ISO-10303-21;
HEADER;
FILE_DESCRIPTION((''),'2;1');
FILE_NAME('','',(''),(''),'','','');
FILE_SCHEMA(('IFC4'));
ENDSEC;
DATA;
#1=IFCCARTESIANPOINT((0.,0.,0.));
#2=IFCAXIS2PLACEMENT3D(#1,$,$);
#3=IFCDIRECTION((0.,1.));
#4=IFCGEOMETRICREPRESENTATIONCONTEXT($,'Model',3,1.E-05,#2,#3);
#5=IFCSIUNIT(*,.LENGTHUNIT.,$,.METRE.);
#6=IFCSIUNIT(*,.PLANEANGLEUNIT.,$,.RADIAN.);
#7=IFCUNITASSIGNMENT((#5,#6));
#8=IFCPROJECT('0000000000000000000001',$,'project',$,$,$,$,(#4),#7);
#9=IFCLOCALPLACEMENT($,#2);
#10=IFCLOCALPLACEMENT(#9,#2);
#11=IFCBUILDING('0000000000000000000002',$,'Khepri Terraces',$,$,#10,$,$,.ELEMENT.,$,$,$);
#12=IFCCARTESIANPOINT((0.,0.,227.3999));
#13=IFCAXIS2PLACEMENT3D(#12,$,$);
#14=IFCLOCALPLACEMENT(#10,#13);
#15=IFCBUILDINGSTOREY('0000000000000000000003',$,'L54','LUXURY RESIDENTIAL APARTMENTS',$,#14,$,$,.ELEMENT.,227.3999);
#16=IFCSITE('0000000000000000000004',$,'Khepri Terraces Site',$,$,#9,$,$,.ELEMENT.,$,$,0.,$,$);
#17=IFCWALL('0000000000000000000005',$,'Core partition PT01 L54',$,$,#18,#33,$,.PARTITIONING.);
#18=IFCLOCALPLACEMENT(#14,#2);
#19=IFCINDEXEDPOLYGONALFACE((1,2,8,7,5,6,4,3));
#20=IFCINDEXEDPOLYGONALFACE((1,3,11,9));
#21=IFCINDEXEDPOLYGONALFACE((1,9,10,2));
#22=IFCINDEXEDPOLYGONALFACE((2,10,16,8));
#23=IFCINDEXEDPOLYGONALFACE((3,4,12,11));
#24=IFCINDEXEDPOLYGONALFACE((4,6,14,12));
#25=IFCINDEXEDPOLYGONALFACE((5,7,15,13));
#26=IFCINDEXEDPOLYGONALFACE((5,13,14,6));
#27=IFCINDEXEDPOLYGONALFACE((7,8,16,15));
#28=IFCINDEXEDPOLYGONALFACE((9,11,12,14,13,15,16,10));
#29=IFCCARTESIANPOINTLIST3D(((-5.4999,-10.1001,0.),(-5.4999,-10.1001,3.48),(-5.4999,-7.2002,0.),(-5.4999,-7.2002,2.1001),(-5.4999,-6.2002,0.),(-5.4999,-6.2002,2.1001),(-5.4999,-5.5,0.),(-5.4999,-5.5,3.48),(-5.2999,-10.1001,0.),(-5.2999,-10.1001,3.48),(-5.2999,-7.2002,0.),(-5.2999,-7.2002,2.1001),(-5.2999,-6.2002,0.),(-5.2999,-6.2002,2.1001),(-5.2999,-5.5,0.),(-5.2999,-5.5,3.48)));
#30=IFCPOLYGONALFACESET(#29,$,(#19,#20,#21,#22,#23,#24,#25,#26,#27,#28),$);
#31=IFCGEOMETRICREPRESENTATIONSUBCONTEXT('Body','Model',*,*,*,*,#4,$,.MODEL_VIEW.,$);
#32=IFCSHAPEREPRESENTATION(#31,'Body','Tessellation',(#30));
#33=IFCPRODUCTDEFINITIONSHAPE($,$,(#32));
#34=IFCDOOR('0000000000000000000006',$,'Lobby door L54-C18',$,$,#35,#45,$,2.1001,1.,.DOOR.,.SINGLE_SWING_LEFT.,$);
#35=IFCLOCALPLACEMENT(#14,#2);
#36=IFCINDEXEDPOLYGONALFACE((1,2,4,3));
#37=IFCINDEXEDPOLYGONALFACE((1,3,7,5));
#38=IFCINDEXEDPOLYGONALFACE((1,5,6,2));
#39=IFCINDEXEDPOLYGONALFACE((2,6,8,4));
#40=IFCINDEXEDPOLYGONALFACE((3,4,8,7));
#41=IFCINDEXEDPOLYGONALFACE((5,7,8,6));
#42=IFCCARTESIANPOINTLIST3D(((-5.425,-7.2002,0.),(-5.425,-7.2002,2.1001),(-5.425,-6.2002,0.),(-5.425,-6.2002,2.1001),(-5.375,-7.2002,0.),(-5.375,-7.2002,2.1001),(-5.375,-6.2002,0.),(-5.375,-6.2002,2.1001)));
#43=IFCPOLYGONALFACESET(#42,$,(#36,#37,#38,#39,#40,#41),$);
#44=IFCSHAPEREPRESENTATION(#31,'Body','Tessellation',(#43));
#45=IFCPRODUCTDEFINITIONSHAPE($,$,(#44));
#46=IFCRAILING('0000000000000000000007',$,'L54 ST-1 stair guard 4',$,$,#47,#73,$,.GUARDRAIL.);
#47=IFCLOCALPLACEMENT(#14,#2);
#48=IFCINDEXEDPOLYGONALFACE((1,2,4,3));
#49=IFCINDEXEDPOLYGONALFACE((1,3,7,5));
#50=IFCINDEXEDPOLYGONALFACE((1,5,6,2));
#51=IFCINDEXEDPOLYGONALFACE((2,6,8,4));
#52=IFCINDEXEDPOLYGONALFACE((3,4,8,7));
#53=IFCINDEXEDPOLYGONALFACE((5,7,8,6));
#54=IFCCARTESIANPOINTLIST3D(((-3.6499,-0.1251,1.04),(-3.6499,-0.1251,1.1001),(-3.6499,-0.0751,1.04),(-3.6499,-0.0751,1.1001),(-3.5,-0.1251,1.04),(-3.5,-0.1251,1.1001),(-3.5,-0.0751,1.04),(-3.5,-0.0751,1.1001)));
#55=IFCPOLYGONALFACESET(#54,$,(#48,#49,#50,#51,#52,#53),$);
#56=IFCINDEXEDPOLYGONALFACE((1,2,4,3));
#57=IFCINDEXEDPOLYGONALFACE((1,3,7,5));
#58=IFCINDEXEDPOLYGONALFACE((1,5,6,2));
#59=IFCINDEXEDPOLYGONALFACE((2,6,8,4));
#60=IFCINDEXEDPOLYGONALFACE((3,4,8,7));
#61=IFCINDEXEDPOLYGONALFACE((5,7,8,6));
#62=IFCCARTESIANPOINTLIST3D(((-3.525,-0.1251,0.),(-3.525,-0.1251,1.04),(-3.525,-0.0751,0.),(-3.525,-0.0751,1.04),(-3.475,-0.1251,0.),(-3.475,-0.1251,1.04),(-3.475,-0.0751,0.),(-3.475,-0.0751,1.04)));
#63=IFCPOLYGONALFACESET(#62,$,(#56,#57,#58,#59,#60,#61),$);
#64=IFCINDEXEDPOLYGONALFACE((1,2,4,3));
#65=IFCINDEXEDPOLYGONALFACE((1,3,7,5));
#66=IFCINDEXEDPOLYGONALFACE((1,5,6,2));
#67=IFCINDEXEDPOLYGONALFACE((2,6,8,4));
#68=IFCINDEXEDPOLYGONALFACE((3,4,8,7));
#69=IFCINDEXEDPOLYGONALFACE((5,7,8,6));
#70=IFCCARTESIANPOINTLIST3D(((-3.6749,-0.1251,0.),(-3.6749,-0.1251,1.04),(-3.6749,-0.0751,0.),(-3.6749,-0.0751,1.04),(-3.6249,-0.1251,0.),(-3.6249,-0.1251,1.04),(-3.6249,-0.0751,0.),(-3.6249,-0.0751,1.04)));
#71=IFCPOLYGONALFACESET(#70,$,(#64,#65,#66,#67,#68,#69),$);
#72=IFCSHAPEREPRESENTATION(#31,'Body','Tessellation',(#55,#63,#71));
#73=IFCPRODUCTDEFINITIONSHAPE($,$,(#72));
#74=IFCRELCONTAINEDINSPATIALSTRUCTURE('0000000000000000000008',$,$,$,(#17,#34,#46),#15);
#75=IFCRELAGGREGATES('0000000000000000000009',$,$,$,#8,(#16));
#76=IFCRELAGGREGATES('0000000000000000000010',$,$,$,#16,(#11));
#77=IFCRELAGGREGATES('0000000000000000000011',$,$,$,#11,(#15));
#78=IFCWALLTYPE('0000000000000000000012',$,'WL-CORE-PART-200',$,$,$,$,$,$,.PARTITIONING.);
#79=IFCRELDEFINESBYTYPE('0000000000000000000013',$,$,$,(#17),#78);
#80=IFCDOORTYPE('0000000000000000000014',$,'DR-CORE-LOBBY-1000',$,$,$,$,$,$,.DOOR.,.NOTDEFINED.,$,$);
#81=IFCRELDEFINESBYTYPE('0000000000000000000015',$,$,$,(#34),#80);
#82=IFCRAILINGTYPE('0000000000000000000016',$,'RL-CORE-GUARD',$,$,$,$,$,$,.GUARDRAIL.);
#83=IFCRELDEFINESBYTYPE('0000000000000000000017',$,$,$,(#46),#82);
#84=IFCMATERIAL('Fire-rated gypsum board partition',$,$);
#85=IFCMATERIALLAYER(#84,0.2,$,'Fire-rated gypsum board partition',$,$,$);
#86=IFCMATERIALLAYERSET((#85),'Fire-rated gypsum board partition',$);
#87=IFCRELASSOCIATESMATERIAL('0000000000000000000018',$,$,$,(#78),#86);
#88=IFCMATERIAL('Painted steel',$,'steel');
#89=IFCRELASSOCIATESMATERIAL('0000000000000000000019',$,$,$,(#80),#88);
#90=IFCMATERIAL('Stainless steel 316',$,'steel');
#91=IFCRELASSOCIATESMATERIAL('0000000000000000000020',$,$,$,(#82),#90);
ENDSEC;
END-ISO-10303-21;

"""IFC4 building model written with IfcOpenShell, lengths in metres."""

from ifc_helpers import new_model, si_unit, direction, frame, frame_2d, origin, origin_2d, place, context, subcontext, project, spatial, rectangle, extrude, material, layer, layer_set, type_object, element, fill, save


model = new_model("IFC4")

# Units and contexts
model_context = context("Model", 3, precision=1e-05, world=origin(), true_north=direction((0.0, 1.0)))
body_context = subcontext(model_context, "Body", "Model", "MODEL_VIEW")
ifc_project = project(units=[si_unit("LENGTHUNIT", "METRE"), si_unit("PLANEANGLEUNIT", "RADIAN")], contexts=[model_context])

# Site, building, storey
site_placement = place(None, origin())
site = spatial("IfcSite", under=ifc_project, at=site_placement, Name="Khepri Terraces Site", CompositionType="ELEMENT", RefElevation=0.0)
building_placement = place(site_placement, origin())
building = spatial("IfcBuilding", under=site, at=building_placement, Name="Khepri Terraces", CompositionType="ELEMENT")
storey_placement = place(building_placement, frame((0.0, 0.0, 227.3999)))
storey = spatial("IfcBuildingStorey", under=building, at=storey_placement, Name="L54", Description="LUXURY RESIDENTIAL APARTMENTS", CompositionType="ELEMENT", Elevation=227.3999)

# Shared definitions
ifc_material_1 = material(Name="Painted steel", Category="steel")

# Shared definitions
ifc_material_2 = material(Name="Fire-rated gypsum board partition")

# Wall, opening, door
ifc_layer_1 = layer(ifc_material_2, 0.2, Name="Fire-rated gypsum board partition")
ifc_layer_set_1 = layer_set([ifc_layer_1], Name="Fire-rated gypsum board partition")
wall_type_1 = type_object("IfcWallType", Name="WL-CORE-PART-200", PredefinedType="PARTITIONING", material=ifc_layer_set_1)
wall_1_placement = place(storey_placement, frame((-5.3999, -10.1001, 0.0), z_axis=(0.0, 0.0, 1.0), x_axis=(0.0, 1.0, 0.0)))
wall_1 = element("IfcWall", 1, at=wall_1_placement, inside=storey, type_object=wall_type_1, Name="Core partition PT01 L54", PredefinedType="PARTITIONING", context=body_context, shape_type="SweptSolid", body=[
    extrude(rectangle(XDim=4.6001, YDim=0.2, at=frame_2d((2.3, 0.0))), origin(), (0.0, 0.0, 1.0), 3.48),
])
opening_1_placement = place(wall_1_placement, frame((2.8999, 0.0, 0.0)))
opening_1 = element("IfcOpeningElement", 2, at=opening_1_placement, cuts=wall_1, PredefinedType="OPENING", context=body_context, shape_type="SweptSolid", body=[
    extrude(rectangle(XDim=1.0, YDim=2.1001, at=frame_2d((0.5, 1.05))), frame((0.0, 0.1099, 0.0), z_axis=(0.0, -1.0, 0.0), x_axis=(1.0, 0.0, 0.0)), (0.0, 0.0, 1.0), 0.22),
])
door_type_1 = type_object("IfcDoorType", Name="DR-CORE-LOBBY-1000", OperationType="NOTDEFINED", PredefinedType="DOOR", material=ifc_material_1)
door_1_placement = place(opening_1_placement, frame((1.0, 0.0, 0.0), z_axis=(0.0, 0.0, 1.0), x_axis=(-1.0, 0.0, 0.0)))
door_1 = element("IfcDoor", 3, at=door_1_placement, inside=storey, type_object=door_type_1, Name="Lobby door L54-C18", OperationType="SINGLE_SWING_LEFT", OverallHeight=2.1001, OverallWidth=1.0, PredefinedType="DOOR", context=body_context, shape_type="SweptSolid", body=[
    extrude(rectangle(XDim=1.0, YDim=2.1001, at=frame_2d((0.5, 1.05))), frame((0.0, 0.0249, 0.0), z_axis=(0.0, -1.0, 0.0), x_axis=(1.0, 0.0, 0.0)), (0.0, 0.0, 1.0), 0.05),
])
fill(opening_1, door_1)

# Railing
ifc_material_3 = material(Name="Stainless steel 316", Category="steel")
railing_type = type_object("IfcRailingType", Name="RL-CORE-GUARD", PredefinedType="GUARDRAIL", material=ifc_material_3)
railing_placement = place(storey_placement, frame((-3.5, -0.1001, 0.0)))
element("IfcRailing", 4, at=railing_placement, inside=storey, type_object=railing_type, Name="L54 ST-1 stair guard 4", PredefinedType="GUARDRAIL", context=body_context, shape_type="SweptSolid", body=[
    extrude(rectangle(XDim=0.05, YDim=0.0601, at=origin_2d()), frame((0.0, 0.0, 1.0701), z_axis=(-1.0, 0.0, 0.0), x_axis=(0.0, -1.0, 0.0)), (0.0, 0.0, 1.0), 0.1499),
    extrude(rectangle(XDim=0.05, YDim=0.05, at=origin_2d()), origin(), (0.0, 0.0, 1.0), 1.04),
    extrude(rectangle(XDim=0.05, YDim=0.05, at=origin_2d()), frame((-0.1499, 0.0, 0.0)), (0.0, 0.0, 1.0), 1.04),
])

save(model, "model.ifc")
